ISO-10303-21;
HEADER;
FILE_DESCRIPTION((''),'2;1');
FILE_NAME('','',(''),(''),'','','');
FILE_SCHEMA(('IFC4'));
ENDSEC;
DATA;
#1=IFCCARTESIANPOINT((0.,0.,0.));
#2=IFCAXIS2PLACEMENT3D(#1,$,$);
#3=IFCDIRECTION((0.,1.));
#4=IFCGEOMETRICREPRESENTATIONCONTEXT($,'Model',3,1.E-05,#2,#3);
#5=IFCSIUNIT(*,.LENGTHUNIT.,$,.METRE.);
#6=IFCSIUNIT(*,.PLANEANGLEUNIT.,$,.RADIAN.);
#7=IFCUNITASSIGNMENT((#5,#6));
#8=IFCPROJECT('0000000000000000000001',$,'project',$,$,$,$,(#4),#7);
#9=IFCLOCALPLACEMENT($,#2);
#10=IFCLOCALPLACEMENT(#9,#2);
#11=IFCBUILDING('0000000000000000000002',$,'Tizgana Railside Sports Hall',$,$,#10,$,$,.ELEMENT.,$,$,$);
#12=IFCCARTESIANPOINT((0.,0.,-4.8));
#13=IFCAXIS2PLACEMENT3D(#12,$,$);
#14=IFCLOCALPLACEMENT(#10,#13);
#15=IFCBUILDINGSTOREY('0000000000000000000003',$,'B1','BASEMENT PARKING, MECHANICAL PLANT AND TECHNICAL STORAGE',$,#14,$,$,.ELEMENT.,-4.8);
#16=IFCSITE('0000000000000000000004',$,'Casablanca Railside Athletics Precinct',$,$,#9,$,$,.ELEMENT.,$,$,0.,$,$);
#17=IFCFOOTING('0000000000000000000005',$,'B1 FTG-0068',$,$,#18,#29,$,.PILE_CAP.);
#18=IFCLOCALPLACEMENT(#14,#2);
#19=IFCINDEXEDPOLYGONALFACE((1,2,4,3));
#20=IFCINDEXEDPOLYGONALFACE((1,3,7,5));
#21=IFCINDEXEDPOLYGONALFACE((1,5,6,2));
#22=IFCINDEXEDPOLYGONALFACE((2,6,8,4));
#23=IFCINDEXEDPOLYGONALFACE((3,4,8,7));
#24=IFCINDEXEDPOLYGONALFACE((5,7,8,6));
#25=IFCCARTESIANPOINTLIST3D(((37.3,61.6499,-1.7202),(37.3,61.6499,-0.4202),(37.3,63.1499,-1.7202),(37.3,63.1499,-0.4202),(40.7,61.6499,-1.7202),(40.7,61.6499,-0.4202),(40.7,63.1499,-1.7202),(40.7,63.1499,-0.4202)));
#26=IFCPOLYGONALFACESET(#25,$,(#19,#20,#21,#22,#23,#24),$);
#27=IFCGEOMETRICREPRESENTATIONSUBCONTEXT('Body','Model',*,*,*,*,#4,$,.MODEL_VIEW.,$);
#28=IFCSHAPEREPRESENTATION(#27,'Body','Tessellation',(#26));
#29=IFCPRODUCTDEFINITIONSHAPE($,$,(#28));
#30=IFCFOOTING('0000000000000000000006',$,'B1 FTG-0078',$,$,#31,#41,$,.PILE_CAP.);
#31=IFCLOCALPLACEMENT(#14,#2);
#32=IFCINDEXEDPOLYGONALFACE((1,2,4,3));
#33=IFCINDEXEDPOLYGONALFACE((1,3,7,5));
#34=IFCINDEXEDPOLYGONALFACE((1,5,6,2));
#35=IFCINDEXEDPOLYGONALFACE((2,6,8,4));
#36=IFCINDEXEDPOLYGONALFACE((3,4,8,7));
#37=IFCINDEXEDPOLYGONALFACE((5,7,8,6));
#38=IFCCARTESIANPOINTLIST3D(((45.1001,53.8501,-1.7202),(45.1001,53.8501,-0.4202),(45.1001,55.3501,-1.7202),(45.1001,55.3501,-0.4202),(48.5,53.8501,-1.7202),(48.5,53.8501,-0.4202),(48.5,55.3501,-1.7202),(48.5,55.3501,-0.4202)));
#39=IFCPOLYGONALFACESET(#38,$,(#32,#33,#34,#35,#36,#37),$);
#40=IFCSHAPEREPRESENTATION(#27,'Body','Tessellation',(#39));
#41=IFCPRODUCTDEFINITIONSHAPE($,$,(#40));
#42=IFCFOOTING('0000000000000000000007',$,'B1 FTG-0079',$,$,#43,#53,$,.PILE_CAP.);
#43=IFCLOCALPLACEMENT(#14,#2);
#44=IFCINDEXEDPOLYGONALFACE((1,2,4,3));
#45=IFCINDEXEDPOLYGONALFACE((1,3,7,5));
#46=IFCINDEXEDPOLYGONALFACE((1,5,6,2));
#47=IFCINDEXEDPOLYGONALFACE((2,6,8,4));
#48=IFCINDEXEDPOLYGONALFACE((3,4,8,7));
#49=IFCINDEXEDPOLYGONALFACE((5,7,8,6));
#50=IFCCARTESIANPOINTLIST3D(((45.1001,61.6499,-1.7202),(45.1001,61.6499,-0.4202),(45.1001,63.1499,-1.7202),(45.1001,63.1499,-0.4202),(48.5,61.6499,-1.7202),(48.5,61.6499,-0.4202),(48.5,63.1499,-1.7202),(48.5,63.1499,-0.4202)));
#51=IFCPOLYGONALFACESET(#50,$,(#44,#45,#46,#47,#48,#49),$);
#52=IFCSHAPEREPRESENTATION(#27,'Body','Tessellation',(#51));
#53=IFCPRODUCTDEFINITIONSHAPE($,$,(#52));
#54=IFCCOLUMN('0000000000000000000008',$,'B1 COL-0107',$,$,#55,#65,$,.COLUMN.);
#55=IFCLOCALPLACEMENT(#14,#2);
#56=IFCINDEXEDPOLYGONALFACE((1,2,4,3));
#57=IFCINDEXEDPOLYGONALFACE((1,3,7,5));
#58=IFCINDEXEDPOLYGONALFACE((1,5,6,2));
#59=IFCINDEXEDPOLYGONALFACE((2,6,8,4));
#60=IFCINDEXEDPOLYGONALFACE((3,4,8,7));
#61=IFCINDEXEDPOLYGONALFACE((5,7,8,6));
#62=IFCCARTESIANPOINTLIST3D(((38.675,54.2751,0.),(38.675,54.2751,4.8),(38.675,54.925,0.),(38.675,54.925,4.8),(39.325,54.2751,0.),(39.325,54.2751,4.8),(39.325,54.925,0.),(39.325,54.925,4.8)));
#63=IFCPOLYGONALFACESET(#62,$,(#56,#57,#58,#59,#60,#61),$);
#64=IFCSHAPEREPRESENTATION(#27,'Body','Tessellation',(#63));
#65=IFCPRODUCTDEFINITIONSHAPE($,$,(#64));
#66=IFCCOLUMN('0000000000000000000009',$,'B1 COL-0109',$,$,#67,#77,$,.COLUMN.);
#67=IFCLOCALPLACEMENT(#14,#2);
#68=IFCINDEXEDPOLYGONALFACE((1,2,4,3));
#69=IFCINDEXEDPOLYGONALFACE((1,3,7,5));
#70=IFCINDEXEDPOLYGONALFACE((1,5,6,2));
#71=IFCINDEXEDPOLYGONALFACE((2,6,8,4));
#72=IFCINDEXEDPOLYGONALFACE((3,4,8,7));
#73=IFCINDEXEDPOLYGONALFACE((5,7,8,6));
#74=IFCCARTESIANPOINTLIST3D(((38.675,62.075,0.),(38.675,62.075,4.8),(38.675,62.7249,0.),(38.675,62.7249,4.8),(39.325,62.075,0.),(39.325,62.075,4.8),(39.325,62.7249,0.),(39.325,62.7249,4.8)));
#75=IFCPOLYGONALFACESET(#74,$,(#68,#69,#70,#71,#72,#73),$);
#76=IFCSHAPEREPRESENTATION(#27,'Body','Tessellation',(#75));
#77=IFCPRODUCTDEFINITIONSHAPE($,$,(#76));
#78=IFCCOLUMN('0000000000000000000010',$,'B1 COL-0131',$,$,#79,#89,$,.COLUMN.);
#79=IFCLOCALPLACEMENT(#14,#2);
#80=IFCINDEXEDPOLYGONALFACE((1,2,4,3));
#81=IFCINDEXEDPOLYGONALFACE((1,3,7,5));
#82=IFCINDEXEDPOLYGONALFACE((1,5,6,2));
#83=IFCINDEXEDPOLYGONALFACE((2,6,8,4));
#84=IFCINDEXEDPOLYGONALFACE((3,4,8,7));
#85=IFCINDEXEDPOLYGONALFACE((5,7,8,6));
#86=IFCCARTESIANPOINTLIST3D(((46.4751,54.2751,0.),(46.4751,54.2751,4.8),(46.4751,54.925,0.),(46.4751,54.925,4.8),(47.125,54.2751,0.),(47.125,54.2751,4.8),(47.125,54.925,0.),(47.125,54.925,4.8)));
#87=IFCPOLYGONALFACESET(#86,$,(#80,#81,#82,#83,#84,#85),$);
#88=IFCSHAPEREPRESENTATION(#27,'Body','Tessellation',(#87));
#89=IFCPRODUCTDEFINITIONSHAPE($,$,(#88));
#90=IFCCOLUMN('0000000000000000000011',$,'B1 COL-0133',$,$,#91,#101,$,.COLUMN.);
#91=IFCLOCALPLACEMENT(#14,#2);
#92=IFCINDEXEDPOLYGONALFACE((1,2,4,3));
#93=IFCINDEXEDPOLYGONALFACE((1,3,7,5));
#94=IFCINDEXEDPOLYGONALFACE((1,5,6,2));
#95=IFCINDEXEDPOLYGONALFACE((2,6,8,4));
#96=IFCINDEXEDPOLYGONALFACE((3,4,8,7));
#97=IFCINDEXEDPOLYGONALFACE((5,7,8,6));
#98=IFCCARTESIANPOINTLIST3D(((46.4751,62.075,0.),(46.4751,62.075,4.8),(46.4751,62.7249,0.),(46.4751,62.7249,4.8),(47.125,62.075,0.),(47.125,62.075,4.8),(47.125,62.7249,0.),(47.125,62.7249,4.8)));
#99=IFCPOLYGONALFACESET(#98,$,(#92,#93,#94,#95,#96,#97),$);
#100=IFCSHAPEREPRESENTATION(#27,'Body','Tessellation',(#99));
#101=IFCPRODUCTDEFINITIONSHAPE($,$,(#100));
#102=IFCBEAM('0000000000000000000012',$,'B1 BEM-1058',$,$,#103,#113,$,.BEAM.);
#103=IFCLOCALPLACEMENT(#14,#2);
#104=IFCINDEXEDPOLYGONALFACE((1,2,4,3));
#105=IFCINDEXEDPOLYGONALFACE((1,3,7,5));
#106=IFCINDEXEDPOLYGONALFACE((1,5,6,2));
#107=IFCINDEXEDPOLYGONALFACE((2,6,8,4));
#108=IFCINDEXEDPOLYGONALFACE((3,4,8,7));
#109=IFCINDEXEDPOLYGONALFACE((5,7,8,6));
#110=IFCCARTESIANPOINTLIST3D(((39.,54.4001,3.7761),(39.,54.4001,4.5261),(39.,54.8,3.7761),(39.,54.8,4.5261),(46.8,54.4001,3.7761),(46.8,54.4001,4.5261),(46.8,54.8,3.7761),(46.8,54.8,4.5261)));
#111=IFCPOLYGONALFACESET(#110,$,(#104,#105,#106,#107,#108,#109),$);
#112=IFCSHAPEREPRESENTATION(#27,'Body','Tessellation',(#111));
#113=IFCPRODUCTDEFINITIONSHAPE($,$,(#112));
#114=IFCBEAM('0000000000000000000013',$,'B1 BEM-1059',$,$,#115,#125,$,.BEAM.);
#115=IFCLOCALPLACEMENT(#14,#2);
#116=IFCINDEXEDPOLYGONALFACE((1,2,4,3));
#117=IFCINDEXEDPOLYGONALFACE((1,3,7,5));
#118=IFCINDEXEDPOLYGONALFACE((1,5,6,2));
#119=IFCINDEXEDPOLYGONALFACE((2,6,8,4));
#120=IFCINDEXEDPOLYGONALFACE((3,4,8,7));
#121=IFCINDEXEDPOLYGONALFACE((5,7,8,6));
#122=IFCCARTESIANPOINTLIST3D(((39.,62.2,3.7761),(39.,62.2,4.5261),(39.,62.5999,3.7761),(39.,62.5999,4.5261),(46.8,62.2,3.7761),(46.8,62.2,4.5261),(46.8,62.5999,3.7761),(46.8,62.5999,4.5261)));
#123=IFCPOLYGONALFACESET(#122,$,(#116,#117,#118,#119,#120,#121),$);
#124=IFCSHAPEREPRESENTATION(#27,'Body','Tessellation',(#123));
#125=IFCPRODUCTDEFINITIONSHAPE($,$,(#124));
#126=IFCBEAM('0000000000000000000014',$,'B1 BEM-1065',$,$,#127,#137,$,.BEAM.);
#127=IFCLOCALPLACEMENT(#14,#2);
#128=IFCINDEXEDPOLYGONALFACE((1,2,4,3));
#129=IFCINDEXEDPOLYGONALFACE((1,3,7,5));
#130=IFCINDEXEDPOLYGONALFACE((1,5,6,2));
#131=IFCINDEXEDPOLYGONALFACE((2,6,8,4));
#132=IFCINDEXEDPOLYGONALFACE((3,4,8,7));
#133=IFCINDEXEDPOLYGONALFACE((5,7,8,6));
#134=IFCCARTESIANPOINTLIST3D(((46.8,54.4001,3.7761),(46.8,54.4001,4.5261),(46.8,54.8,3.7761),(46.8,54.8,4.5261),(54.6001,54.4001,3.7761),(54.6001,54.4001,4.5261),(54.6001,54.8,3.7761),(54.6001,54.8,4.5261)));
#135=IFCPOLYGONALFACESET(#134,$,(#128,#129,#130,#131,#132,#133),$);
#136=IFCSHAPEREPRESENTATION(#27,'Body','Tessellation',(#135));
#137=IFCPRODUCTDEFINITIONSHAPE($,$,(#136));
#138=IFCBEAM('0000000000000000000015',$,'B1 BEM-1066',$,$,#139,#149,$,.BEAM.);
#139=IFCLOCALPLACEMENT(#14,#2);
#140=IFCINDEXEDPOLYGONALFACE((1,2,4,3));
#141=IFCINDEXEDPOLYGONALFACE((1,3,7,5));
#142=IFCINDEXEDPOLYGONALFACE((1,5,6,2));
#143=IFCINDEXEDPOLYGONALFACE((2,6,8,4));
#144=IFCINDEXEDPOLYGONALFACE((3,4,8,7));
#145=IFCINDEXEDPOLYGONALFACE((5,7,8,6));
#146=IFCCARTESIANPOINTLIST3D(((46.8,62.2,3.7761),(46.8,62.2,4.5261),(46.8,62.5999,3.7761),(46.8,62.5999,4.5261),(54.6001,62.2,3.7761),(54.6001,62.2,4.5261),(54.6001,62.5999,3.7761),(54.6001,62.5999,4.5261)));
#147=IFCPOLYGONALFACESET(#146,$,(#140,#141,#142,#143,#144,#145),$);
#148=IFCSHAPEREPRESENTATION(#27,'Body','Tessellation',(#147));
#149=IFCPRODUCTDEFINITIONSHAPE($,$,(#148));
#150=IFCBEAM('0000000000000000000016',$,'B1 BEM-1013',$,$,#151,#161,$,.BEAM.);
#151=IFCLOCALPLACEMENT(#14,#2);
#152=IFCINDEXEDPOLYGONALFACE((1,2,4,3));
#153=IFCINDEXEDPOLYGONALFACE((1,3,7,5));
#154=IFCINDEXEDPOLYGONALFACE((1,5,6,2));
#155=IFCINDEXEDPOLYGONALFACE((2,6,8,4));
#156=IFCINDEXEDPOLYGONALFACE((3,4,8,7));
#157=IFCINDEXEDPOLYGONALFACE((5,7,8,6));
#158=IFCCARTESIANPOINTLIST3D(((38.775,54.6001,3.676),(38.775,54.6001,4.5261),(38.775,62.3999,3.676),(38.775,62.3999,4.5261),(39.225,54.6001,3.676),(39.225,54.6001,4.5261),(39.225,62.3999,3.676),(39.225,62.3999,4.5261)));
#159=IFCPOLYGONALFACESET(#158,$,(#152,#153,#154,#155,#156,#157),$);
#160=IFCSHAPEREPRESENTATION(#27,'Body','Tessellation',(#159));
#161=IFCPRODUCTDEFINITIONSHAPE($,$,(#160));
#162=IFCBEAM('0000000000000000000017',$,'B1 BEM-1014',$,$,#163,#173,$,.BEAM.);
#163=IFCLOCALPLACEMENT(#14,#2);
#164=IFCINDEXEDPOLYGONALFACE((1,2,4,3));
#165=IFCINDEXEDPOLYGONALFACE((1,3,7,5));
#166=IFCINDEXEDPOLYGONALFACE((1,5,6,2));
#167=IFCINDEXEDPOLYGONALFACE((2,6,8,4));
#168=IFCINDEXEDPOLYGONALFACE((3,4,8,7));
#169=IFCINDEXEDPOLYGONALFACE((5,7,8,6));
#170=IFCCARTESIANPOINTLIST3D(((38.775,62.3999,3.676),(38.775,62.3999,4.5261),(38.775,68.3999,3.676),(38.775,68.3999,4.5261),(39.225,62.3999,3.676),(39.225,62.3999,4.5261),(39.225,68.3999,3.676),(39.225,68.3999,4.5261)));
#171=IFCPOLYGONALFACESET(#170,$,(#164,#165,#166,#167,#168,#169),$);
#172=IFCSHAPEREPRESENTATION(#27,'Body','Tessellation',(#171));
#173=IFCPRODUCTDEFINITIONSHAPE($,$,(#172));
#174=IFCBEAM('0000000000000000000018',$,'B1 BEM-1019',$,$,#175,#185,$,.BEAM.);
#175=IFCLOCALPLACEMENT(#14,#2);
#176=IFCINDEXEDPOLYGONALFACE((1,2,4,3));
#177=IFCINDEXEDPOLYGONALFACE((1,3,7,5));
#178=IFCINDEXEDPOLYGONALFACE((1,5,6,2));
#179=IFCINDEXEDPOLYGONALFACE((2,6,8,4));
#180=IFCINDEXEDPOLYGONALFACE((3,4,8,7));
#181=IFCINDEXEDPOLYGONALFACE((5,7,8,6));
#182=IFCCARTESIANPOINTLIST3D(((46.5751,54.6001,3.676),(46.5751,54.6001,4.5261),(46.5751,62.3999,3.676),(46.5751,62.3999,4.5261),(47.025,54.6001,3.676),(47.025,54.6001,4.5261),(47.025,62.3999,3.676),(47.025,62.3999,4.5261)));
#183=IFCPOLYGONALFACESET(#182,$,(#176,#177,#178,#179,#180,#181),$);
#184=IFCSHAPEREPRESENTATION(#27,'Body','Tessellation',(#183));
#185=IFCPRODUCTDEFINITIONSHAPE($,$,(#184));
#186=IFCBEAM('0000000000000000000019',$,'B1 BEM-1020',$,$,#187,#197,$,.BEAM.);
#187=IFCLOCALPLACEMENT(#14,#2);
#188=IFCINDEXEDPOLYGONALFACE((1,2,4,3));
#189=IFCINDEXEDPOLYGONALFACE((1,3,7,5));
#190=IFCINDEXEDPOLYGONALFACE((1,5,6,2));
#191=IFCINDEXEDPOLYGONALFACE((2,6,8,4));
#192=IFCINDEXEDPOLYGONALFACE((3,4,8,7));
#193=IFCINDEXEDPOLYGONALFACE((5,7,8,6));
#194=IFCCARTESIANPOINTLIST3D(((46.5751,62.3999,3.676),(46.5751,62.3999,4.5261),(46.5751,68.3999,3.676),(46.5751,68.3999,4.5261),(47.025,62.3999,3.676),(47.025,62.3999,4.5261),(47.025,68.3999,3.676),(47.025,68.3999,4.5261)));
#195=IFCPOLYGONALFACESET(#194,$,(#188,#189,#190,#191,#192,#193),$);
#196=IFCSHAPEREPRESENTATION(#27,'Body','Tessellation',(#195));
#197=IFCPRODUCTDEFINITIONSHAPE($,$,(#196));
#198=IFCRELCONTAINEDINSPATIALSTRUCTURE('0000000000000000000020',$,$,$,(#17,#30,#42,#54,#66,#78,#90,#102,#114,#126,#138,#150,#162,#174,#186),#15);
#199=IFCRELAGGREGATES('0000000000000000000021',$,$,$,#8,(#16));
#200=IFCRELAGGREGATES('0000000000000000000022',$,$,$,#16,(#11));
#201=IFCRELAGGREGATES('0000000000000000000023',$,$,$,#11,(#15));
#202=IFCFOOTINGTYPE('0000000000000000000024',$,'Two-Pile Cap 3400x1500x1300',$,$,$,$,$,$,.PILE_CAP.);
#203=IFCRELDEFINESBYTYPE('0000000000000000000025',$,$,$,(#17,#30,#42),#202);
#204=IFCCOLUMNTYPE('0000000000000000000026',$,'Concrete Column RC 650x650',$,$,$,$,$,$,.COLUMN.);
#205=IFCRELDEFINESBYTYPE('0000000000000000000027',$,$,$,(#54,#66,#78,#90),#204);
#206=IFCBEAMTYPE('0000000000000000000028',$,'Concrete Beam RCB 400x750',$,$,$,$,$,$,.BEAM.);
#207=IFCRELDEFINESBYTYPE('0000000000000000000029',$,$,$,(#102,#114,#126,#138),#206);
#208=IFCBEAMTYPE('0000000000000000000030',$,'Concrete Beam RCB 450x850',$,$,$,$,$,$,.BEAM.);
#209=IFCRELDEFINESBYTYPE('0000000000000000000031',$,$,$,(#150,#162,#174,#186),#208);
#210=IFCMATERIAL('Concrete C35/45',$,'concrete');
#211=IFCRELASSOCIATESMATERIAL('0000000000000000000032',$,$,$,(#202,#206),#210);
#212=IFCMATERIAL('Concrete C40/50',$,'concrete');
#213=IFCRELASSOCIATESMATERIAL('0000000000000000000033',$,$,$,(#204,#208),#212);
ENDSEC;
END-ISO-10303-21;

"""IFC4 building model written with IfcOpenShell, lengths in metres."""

from ifc_helpers import new_model, si_unit, direction, frame, origin, origin_2d, place, context, subcontext, project, spatial, rectangle, extrude, material, material_profile, profile_set, type_object, element, save


model = new_model("IFC4")

# Units and contexts
model_context = context("Model", 3, precision=1e-05, world=origin(), true_north=direction((0.0, 1.0)))
body_context = subcontext(model_context, "Body", "Model", "MODEL_VIEW")
ifc_project = project(units=[si_unit("LENGTHUNIT", "METRE"), si_unit("PLANEANGLEUNIT", "RADIAN")], contexts=[model_context])

# Site, building, storey
site_placement = place(None, origin())
site = spatial("IfcSite", under=ifc_project, at=site_placement, Name="Casablanca Railside Athletics Precinct", CompositionType="ELEMENT", RefElevation=0.0)
building_placement = place(site_placement, origin())
building = spatial("IfcBuilding", under=site, at=building_placement, Name="Tizgana Railside Sports Hall", CompositionType="ELEMENT")
storey_placement = place(building_placement, frame((0.0, 0.0, -4.8)))
storey = spatial("IfcBuildingStorey", under=building, at=storey_placement, Name="B1", Description="BASEMENT PARKING, MECHANICAL PLANT AND TECHNICAL STORAGE", CompositionType="ELEMENT", Elevation=-4.8)

# Shared definitions
ifc_material_1 = material(Name="Concrete C35/45", Category="concrete")

# Footings
footing_type_1 = type_object("IfcFootingType", Name="Two-Pile Cap 3400x1500x1300", PredefinedType="PILE_CAP", material=ifc_material_1)
for number, where, z_axis, x_axis, name in (
    (1, (39.0, 62.3999, -1.7202), (0.0, 0.0, 1.0), (1.0, 0.0, 0.0), "B1 FTG-0068"),
    (2, (46.8, 54.6001, -1.7202), (0.0, 0.0, 1.0), (1.0, 0.0, 0.0), "B1 FTG-0078"),
    (3, (46.8, 62.3999, -1.7202), (0.0, 0.0, 1.0), (1.0, 0.0, 0.0), "B1 FTG-0079"),
):
    element("IfcFooting", number, at=place(storey_placement, frame(where, z_axis=z_axis, x_axis=x_axis)), inside=storey, type_object=footing_type_1, Name=name, PredefinedType="PILE_CAP", context=body_context, shape_type="SweptSolid", body=[
        extrude(rectangle(XDim=3.3999, YDim=1.5, at=origin_2d()), origin(), (0.0, 0.0, 1.0), 1.3),
    ])

# Columns
ifc_material_2 = material(Name="Concrete C40/50", Category="concrete")
ifc_material_profile_1 = material_profile(ifc_material_2, rectangle(XDim=0.6499, YDim=0.6499, at=origin_2d()), Name="RC 650x650")
ifc_profile_set_1 = profile_set([ifc_material_profile_1], Name="Concrete C40/50")
column_type = type_object("IfcColumnType", Name="Concrete Column RC 650x650", PredefinedType="COLUMN", material=ifc_profile_set_1)
for number, where, z_axis, x_axis, name in (
    (4, (39.0, 54.6001, 0.0), (0.0, 0.0, 1.0), (1.0, 0.0, 0.0), "B1 COL-0107"),
    (5, (39.0, 62.3999, 0.0), (0.0, 0.0, 1.0), (1.0, 0.0, 0.0), "B1 COL-0109"),
    (6, (46.8, 54.6001, 0.0), (0.0, 0.0, 1.0), (1.0, 0.0, 0.0), "B1 COL-0131"),
    (7, (46.8, 62.3999, 0.0), (0.0, 0.0, 1.0), (1.0, 0.0, 0.0), "B1 COL-0133"),
):
    element("IfcColumn", number, at=place(storey_placement, frame(where, z_axis=z_axis, x_axis=x_axis)), inside=storey, type_object=column_type, Name=name, PredefinedType="COLUMN", context=body_context, shape_type="SweptSolid", body=[
        extrude(rectangle(XDim=0.6499, YDim=0.6499, at=origin_2d()), origin(), (0.0, 0.0, 1.0), 4.8),
    ])

# Beams
ifc_material_profile_2 = material_profile(ifc_material_1, rectangle(XDim=0.3999, YDim=0.75, at=origin_2d()), Name="RCB 400x750")
ifc_profile_set_2 = profile_set([ifc_material_profile_2], Name="Concrete C35/45")
beam_type_1 = type_object("IfcBeamType", Name="Concrete Beam RCB 400x750", PredefinedType="BEAM", material=ifc_profile_set_2)
for number, where, z_axis, x_axis, name in (
    (8, (39.0, 54.6001, 4.1511), (1.0, 0.0, 0.0), (0.0, 1.0, 0.0), "B1 BEM-1058"),
    (9, (39.0, 62.3999, 4.1511), (1.0, 0.0, 0.0), (0.0, 1.0, 0.0), "B1 BEM-1059"),
    (10, (46.8, 54.6001, 4.1511), (1.0, 0.0, 0.0), (0.0, 1.0, 0.0), "B1 BEM-1065"),
    (11, (46.8, 62.3999, 4.1511), (1.0, 0.0, 0.0), (0.0, 1.0, 0.0), "B1 BEM-1066"),
):
    element("IfcBeam", number, at=place(storey_placement, frame(where, z_axis=z_axis, x_axis=x_axis)), inside=storey, type_object=beam_type_1, Name=name, PredefinedType="BEAM", context=body_context, shape_type="SweptSolid", body=[
        extrude(rectangle(XDim=0.3999, YDim=0.75, at=origin_2d()), origin(), (0.0, 0.0, 1.0), 7.8),
    ])
ifc_material_profile_3 = material_profile(ifc_material_2, rectangle(XDim=0.45, YDim=0.8501, at=origin_2d()), Name="RCB 450x850")
ifc_profile_set_3 = profile_set([ifc_material_profile_3], Name="Concrete C40/50")
beam_type_2 = type_object("IfcBeamType", Name="Concrete Beam RCB 450x850", PredefinedType="BEAM", material=ifc_profile_set_3)
beam_1_placement = place(storey_placement, frame((39.0, 54.6001, 4.1011), z_axis=(0.0, 1.0, 0.0), x_axis=(-1.0, 0.0, 0.0)))
element("IfcBeam", 12, at=beam_1_placement, inside=storey, type_object=beam_type_2, Name="B1 BEM-1013", PredefinedType="BEAM", context=body_context, shape_type="SweptSolid", body=[
    extrude(rectangle(XDim=0.45, YDim=0.8501, at=origin_2d()), origin(), (0.0, 0.0, 1.0), 7.7998),
])
beam_2_placement = place(storey_placement, frame((39.0, 62.3999, 4.1011), z_axis=(0.0, 1.0, 0.0), x_axis=(-1.0, 0.0, 0.0)))
element("IfcBeam", 13, at=beam_2_placement, inside=storey, type_object=beam_type_2, Name="B1 BEM-1014", PredefinedType="BEAM", context=body_context, shape_type="SweptSolid", body=[
    extrude(rectangle(XDim=0.45, YDim=0.8501, at=origin_2d()), origin(), (0.0, 0.0, 1.0), 6.0),
])
beam_3_placement = place(storey_placement, frame((46.8, 54.6001, 4.1011), z_axis=(0.0, 1.0, 0.0), x_axis=(-1.0, 0.0, 0.0)))
element("IfcBeam", 14, at=beam_3_placement, inside=storey, type_object=beam_type_2, Name="B1 BEM-1019", PredefinedType="BEAM", context=body_context, shape_type="SweptSolid", body=[
    extrude(rectangle(XDim=0.45, YDim=0.8501, at=origin_2d()), origin(), (0.0, 0.0, 1.0), 7.7998),
])
beam_4_placement = place(storey_placement, frame((46.8, 62.3999, 4.1011), z_axis=(0.0, 1.0, 0.0), x_axis=(-1.0, 0.0, 0.0)))
element("IfcBeam", 15, at=beam_4_placement, inside=storey, type_object=beam_type_2, Name="B1 BEM-1020", PredefinedType="BEAM", context=body_context, shape_type="SweptSolid", body=[
    extrude(rectangle(XDim=0.45, YDim=0.8501, at=origin_2d()), origin(), (0.0, 0.0, 1.0), 6.0),
])

save(model, "model.ifc")
